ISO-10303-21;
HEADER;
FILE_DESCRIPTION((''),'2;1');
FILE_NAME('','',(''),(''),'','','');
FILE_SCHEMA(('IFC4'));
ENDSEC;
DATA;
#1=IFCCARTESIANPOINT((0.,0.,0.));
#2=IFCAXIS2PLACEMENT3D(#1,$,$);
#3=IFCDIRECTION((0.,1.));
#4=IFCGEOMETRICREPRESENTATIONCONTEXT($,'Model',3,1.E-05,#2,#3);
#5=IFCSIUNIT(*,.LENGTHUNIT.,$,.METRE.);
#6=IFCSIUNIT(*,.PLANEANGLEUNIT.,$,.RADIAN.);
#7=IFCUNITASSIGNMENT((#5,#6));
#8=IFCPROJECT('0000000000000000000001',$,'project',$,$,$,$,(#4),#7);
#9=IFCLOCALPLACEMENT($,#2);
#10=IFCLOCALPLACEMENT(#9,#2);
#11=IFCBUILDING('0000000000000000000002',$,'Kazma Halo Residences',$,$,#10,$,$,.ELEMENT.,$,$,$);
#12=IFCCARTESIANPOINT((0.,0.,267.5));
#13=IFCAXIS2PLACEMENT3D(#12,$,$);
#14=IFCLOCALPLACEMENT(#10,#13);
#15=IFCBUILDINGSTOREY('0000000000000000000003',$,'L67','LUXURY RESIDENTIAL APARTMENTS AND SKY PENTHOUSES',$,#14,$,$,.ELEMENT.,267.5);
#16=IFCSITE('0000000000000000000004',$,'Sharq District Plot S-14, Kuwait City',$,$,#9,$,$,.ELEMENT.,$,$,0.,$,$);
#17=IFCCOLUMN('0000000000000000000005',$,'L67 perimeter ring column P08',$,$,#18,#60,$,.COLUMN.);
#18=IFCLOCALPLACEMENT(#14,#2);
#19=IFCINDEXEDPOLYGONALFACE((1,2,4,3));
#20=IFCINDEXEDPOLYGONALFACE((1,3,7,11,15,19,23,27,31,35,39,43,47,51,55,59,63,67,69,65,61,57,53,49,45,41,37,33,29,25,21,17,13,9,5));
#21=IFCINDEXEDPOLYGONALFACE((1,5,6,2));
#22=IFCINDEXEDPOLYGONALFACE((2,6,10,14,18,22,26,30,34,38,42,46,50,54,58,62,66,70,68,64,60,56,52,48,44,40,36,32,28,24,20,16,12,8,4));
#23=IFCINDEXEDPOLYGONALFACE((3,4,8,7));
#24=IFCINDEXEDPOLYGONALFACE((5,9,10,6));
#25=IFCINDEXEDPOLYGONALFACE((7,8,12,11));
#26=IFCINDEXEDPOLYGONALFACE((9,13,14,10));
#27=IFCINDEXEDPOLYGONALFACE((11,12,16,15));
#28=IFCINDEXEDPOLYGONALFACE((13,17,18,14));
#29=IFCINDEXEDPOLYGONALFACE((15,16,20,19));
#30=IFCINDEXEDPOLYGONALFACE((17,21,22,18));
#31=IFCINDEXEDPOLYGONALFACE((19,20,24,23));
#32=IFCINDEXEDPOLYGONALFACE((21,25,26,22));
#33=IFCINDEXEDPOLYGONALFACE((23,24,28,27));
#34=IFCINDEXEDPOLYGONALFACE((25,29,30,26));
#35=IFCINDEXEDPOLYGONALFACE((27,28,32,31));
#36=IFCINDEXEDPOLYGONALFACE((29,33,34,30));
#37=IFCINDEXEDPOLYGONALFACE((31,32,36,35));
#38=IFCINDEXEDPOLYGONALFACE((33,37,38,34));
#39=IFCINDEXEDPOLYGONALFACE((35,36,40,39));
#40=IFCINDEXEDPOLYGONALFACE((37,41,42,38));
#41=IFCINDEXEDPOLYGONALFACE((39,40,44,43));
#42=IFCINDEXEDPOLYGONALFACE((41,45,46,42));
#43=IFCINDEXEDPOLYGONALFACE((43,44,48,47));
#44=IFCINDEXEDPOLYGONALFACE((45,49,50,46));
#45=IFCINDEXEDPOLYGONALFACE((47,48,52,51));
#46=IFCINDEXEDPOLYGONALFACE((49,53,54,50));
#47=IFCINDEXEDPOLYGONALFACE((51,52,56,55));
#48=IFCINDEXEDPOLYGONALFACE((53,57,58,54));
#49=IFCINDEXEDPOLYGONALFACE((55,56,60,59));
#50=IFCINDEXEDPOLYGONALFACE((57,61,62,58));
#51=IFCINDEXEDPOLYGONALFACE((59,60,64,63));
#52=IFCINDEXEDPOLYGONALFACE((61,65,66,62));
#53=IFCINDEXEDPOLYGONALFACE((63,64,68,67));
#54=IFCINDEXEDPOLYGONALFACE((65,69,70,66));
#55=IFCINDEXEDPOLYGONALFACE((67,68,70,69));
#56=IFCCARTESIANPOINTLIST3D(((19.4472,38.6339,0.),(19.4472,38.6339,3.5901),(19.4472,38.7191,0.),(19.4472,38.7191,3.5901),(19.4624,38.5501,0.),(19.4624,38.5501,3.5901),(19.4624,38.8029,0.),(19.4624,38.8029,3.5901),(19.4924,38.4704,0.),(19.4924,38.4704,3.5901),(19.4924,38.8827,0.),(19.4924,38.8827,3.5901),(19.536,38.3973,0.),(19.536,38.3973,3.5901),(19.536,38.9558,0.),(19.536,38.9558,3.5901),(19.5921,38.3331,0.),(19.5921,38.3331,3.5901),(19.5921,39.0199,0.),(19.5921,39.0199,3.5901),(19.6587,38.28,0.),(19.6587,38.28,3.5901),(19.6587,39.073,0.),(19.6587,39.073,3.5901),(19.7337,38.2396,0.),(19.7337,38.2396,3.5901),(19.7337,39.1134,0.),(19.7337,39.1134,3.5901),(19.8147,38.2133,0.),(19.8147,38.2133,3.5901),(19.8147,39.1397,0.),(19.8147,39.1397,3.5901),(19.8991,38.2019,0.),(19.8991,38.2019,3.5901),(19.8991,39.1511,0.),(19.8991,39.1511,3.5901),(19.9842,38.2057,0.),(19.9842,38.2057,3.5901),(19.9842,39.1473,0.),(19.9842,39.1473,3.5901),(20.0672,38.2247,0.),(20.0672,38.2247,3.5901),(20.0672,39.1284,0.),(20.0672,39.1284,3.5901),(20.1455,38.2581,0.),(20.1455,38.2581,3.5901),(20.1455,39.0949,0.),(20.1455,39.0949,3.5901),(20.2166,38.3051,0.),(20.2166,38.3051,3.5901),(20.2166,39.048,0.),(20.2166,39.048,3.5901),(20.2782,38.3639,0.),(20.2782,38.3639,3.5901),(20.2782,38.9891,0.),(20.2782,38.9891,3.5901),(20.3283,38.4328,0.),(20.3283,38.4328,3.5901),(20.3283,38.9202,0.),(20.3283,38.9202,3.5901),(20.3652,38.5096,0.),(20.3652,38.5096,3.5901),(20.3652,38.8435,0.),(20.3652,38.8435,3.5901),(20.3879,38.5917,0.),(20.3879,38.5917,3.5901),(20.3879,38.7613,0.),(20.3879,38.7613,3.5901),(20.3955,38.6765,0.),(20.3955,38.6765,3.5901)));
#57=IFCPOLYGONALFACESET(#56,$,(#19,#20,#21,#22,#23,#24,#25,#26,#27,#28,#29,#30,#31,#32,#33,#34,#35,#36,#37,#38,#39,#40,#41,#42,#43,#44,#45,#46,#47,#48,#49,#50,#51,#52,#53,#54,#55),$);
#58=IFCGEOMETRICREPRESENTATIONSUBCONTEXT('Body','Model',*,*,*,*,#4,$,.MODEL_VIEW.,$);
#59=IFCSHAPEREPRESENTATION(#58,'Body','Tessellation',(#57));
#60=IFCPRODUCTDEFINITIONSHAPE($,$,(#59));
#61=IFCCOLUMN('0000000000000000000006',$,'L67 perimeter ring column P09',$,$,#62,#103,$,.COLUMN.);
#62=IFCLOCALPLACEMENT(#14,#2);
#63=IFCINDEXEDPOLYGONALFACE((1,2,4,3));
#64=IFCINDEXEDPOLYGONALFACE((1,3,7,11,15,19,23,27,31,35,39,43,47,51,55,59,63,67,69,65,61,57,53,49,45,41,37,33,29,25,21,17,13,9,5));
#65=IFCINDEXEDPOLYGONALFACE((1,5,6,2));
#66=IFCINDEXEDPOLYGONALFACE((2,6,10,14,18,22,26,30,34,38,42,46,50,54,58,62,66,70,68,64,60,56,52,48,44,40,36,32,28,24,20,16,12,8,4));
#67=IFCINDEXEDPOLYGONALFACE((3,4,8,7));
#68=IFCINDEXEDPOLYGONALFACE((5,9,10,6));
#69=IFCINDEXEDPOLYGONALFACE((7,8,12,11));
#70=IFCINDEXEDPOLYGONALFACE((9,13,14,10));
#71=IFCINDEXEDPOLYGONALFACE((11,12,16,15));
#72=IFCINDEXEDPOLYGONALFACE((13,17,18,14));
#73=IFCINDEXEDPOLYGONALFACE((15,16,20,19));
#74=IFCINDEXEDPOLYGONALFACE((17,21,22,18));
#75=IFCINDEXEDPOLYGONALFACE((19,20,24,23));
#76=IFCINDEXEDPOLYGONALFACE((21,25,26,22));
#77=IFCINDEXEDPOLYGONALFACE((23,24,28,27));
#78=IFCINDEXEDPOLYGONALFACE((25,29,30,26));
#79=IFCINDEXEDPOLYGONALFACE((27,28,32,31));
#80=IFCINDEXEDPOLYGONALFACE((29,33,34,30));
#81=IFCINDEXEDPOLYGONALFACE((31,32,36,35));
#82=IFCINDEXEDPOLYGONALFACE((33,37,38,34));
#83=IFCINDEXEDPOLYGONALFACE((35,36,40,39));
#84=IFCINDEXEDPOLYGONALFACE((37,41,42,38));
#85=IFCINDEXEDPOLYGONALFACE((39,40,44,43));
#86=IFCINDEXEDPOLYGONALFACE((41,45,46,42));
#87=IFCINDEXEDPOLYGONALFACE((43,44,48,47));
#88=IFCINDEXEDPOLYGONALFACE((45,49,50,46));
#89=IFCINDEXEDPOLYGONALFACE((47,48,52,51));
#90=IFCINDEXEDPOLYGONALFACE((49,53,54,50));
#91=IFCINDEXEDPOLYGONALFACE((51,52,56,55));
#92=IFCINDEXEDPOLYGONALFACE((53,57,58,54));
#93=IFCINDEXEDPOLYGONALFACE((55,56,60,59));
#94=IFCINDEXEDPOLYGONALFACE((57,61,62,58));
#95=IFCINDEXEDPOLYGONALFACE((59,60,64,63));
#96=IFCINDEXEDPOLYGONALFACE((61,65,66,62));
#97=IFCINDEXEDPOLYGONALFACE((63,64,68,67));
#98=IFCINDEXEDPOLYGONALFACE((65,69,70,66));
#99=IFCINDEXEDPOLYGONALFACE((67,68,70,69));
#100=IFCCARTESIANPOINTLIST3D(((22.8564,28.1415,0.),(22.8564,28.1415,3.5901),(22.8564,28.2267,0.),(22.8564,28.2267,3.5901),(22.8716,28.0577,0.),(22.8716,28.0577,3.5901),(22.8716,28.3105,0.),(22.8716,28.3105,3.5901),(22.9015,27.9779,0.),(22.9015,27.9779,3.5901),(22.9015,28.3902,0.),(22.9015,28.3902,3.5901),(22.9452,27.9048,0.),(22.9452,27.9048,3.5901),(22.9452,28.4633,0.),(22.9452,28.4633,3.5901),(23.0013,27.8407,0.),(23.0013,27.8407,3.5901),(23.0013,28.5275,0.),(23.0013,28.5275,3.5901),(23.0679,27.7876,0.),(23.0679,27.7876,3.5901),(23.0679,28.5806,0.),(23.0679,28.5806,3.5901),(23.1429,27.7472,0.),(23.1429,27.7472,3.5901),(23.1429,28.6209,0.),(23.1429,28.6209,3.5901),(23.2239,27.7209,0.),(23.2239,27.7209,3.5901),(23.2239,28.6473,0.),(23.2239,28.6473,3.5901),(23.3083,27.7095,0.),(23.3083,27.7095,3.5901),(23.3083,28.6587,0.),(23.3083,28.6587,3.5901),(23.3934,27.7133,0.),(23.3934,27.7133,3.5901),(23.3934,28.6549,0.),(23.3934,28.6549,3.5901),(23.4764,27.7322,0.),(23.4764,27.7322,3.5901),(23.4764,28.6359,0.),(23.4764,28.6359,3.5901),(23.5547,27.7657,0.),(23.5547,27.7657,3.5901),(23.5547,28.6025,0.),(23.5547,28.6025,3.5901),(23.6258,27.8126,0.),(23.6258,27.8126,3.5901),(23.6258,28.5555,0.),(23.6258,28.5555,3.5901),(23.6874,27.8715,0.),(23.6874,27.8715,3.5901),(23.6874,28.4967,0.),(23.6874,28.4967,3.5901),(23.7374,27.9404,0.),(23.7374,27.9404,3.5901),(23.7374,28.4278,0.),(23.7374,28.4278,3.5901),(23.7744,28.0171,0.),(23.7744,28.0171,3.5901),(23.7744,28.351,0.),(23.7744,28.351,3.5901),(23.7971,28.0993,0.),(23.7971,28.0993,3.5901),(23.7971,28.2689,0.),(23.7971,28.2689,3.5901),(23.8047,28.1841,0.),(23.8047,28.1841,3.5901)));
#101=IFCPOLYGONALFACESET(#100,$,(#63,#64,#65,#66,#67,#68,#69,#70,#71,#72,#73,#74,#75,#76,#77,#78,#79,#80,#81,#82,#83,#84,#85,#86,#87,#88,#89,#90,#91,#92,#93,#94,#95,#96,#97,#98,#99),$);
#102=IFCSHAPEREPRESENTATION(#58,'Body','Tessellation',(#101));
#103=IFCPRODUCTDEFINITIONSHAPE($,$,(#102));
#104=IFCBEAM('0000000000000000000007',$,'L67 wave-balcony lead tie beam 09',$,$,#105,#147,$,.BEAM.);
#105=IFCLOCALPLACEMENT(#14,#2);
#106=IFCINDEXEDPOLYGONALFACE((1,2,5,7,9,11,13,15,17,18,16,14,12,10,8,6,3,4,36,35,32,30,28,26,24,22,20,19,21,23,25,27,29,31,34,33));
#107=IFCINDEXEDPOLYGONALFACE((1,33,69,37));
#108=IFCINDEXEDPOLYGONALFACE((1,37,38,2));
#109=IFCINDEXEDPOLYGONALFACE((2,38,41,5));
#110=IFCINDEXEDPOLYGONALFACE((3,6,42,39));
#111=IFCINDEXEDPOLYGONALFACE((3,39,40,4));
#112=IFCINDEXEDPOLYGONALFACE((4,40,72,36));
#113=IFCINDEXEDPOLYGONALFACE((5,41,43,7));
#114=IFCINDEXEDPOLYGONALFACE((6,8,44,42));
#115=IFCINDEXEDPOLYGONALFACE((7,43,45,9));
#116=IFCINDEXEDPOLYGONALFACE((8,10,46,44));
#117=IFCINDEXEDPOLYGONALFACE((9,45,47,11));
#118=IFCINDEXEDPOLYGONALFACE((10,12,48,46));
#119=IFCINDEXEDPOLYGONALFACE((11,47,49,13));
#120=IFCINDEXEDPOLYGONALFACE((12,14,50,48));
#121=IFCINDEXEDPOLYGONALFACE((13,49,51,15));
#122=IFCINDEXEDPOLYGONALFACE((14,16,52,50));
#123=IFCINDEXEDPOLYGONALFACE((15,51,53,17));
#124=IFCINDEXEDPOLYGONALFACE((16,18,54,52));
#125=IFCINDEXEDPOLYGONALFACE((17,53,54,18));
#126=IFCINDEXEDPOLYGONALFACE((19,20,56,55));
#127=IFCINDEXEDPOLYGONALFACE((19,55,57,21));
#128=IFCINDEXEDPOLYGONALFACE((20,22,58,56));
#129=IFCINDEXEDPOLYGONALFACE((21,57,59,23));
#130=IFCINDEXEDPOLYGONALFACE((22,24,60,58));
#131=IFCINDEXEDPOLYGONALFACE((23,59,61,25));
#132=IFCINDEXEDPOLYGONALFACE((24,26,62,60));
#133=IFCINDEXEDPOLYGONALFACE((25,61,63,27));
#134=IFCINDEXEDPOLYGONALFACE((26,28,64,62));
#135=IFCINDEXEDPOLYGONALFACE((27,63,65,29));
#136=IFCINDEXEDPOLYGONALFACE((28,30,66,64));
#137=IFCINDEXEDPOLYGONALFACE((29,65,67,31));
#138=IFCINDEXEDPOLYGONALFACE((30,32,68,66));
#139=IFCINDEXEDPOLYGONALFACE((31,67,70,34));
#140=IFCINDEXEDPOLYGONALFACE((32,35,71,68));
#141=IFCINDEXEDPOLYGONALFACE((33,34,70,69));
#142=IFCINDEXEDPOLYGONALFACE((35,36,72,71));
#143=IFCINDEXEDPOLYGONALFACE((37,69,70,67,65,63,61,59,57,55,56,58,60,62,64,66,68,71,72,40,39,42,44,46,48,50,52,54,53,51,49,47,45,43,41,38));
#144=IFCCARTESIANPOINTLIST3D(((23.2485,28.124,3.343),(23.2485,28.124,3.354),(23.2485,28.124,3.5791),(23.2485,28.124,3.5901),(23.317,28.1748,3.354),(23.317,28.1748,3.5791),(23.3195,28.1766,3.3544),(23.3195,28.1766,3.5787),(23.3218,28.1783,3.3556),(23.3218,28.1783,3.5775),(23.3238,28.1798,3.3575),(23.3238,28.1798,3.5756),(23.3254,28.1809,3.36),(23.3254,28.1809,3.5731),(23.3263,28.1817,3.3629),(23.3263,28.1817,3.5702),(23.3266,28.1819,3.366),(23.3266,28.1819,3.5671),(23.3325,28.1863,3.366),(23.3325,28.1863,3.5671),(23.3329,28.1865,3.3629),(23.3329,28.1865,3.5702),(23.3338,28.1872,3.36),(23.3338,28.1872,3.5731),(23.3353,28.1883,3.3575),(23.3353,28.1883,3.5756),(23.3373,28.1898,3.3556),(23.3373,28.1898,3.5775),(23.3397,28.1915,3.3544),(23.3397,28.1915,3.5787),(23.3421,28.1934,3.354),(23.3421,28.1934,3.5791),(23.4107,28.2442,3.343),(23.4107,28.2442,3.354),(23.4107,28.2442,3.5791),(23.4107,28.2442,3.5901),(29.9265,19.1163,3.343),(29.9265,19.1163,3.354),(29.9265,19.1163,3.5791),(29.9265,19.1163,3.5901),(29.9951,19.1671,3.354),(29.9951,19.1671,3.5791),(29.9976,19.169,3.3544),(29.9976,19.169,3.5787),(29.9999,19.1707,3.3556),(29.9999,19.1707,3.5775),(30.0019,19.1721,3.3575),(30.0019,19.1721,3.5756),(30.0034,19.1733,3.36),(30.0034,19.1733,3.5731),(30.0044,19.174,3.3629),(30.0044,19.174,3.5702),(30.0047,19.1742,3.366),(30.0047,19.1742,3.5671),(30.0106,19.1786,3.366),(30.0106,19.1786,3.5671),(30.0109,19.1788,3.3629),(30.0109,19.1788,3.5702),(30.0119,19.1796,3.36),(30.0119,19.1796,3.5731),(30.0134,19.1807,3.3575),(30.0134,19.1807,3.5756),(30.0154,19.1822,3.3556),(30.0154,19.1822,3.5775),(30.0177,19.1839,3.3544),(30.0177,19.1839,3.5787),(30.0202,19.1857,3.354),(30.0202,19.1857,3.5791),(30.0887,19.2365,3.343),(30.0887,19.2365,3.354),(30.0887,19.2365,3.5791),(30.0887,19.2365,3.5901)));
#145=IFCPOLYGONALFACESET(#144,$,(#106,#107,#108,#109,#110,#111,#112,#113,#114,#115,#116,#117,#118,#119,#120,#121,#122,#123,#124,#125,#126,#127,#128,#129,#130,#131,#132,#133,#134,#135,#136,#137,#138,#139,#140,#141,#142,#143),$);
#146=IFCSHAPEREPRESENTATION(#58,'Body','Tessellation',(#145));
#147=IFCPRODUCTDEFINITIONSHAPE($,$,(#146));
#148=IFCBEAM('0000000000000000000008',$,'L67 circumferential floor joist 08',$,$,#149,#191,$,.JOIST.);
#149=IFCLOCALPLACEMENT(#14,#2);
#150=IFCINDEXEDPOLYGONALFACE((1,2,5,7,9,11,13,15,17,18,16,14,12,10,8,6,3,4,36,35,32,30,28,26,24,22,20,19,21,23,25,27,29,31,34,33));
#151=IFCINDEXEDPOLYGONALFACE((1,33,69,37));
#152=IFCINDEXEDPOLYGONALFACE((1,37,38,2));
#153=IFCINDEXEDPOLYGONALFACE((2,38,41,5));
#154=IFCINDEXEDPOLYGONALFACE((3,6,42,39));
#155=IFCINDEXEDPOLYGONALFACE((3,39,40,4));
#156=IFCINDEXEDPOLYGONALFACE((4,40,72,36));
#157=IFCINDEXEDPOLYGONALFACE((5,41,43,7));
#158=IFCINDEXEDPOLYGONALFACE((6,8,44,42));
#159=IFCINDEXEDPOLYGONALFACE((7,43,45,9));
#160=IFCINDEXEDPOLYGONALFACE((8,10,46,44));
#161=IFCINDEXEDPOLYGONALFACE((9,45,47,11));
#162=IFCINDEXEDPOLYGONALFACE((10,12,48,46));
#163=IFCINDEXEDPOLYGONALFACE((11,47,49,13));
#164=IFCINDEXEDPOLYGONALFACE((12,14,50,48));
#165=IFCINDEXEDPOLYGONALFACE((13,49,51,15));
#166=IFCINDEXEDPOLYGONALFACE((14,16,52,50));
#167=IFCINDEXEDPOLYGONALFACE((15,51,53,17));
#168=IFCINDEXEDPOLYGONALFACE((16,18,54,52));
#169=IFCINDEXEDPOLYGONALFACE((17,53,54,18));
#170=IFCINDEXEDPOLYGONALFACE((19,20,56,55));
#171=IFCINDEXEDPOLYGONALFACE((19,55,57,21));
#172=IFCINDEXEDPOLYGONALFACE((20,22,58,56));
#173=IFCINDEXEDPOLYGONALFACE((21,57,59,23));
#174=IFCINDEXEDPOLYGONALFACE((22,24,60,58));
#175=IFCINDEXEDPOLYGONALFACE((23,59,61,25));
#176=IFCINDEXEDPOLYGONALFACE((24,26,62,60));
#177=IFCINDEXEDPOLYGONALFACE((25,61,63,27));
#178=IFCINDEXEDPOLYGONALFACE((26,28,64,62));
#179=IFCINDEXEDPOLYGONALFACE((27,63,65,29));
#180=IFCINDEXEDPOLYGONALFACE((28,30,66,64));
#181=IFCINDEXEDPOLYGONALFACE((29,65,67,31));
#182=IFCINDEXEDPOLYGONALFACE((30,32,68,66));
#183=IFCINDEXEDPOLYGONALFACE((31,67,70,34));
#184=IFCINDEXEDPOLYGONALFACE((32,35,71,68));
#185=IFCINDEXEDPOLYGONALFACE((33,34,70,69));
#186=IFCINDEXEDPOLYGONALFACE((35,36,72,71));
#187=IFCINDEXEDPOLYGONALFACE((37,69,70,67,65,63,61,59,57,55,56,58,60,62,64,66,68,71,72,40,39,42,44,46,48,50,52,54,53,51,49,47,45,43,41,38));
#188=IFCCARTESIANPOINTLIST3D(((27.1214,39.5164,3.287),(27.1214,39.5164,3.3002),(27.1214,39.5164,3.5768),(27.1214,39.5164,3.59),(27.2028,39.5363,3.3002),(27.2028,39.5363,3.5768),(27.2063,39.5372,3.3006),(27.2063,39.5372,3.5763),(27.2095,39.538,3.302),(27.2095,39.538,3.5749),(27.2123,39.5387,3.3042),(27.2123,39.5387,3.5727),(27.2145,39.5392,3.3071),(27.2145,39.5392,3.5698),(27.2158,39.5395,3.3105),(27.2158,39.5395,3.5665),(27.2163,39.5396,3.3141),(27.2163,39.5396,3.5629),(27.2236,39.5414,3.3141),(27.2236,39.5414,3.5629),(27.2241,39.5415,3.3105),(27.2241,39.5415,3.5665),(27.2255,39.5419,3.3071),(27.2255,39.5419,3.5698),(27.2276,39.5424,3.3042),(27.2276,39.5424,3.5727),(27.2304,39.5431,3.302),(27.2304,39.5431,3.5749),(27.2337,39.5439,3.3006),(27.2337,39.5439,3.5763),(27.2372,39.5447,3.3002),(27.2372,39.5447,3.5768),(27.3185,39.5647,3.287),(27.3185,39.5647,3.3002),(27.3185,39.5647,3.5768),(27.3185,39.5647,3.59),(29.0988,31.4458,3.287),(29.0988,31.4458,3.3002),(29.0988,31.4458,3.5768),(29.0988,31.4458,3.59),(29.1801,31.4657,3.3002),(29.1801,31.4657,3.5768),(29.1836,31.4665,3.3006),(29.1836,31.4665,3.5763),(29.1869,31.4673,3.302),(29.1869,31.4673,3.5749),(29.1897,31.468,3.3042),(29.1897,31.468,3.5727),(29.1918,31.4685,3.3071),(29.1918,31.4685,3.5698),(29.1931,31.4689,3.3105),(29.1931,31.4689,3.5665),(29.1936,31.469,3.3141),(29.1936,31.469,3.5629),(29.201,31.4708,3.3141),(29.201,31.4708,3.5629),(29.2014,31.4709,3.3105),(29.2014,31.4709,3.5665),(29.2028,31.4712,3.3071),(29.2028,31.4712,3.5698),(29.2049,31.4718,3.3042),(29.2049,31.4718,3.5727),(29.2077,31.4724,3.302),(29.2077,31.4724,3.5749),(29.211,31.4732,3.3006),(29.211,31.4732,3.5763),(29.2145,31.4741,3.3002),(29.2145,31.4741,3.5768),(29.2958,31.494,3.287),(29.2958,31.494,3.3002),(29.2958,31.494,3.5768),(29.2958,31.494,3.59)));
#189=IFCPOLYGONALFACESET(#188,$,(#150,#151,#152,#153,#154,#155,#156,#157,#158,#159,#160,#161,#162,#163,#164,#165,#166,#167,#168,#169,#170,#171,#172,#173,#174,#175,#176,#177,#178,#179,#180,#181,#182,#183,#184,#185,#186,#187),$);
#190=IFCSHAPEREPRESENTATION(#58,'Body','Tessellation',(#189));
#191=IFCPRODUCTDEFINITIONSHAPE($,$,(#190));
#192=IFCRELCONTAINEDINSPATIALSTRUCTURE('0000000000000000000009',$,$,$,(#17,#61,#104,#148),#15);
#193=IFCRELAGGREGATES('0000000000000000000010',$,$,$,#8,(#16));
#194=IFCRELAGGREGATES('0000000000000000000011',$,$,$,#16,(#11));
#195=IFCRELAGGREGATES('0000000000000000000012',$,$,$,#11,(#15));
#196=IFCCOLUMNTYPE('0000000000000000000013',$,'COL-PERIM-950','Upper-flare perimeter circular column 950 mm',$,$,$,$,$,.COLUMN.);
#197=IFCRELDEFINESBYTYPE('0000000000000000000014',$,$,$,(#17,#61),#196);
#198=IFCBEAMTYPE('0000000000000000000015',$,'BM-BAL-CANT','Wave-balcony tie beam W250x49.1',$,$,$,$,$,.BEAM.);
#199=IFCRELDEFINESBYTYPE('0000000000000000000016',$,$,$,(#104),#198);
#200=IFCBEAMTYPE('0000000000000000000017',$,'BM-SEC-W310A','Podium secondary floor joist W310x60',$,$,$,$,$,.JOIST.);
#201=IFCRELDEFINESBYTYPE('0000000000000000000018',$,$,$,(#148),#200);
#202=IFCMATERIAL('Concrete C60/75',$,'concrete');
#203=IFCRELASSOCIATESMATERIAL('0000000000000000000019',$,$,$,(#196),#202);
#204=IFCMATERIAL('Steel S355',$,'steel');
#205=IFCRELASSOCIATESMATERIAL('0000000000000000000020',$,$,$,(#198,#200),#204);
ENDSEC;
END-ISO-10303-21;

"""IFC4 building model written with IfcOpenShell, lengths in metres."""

from ifc_helpers import new_model, si_unit, direction, frame, origin, origin_2d, place, context, subcontext, project, spatial, circle, i_section, extrude, material, material_profile, profile_set, type_object, element, save


model = new_model("IFC4")

# Units and contexts
model_context = context("Model", 3, precision=1e-05, world=origin(), true_north=direction((0.0, 1.0)))
body_context = subcontext(model_context, "Body", "Model", "MODEL_VIEW")
ifc_project = project(units=[si_unit("LENGTHUNIT", "METRE"), si_unit("PLANEANGLEUNIT", "RADIAN")], contexts=[model_context])

# Site, building, storey
site_placement = place(None, origin())
site = spatial("IfcSite", under=ifc_project, at=site_placement, Name="Sharq District Plot S-14, Kuwait City", CompositionType="ELEMENT", RefElevation=0.0)
building_placement = place(site_placement, origin())
building = spatial("IfcBuilding", under=site, at=building_placement, Name="Kazma Halo Residences", CompositionType="ELEMENT")
storey_placement = place(building_placement, frame((0.0, 0.0, 267.5)))
storey = spatial("IfcBuildingStorey", under=building, at=storey_placement, Name="L67", Description="LUXURY RESIDENTIAL APARTMENTS AND SKY PENTHOUSES", CompositionType="ELEMENT", Elevation=267.5)

# Columns
ifc_material_1 = material(Name="Concrete C60/75", Category="concrete")
ifc_material_profile_1 = material_profile(ifc_material_1, circle(Radius=0.4751, at=origin_2d()), Name="CIRC950")
ifc_profile_set_1 = profile_set([ifc_material_profile_1], Name="Concrete C60/75")
column_type = type_object("IfcColumnType", Name="COL-PERIM-950", Description="Upper-flare perimeter circular column 950 mm", PredefinedType="COLUMN", material=ifc_profile_set_1)
for number, where, z_axis, x_axis, name in (
    (1, (19.9204, 38.6765, 0.0), (0.0, 0.0, 1.0), (1.0, 0.0, 0.0), "L67 perimeter ring column P08"),
    (2, (23.3296, 28.1841, 0.0), (0.0, 0.0, 1.0), (1.0, 0.0, 0.0), "L67 perimeter ring column P09"),
):
    element("IfcColumn", number, at=place(storey_placement, frame(where, z_axis=z_axis, x_axis=x_axis)), inside=storey, type_object=column_type, Name=name, PredefinedType="COLUMN", context=body_context, shape_type="SweptSolid", body=[
        extrude(circle(Radius=0.4751, at=origin_2d()), origin(), (0.0, 0.0, 1.0), 3.5901),
    ])

# Beams
ifc_material_2 = material(Name="Steel S355", Category="steel")
ifc_material_profile_2 = material_profile(ifc_material_2, i_section(OverallWidth=0.2019, OverallDepth=0.2471, WebThickness=0.0073, FlangeThickness=0.011, FilletRadius=0.012, at=origin_2d()), Name="W250x49.1")
ifc_profile_set_2 = profile_set([ifc_material_profile_2], Name="Steel S355")
beam_type_1 = type_object("IfcBeamType", Name="BM-BAL-CANT", Description="Wave-balcony tie beam W250x49.1", PredefinedType="BEAM", material=ifc_profile_set_2)
beam_1_placement = place(storey_placement, frame((23.3296, 28.1841, 3.4666), z_axis=(0.595556, -0.803314, 0.0), x_axis=(0.803314, 0.595556, 0.0)))
element("IfcBeam", 3, at=beam_1_placement, inside=storey, type_object=beam_type_1, Name="L67 wave-balcony lead tie beam 09", PredefinedType="BEAM", context=body_context, shape_type="SweptSolid", body=[
    extrude(i_section(OverallWidth=0.2019, OverallDepth=0.2471, WebThickness=0.0073, FlangeThickness=0.011, FilletRadius=0.012, at=origin_2d()), origin(), (0.0, 0.0, 1.0), 11.2131),
])
ifc_material_profile_3 = material_profile(ifc_material_2, i_section(OverallWidth=0.2029, OverallDepth=0.303, WebThickness=0.0076, FlangeThickness=0.0132, FilletRadius=0.0139, at=origin_2d()), Name="W310x60")
ifc_profile_set_3 = profile_set([ifc_material_profile_3], Name="Steel S355")
beam_type_2 = type_object("IfcBeamType", Name="BM-SEC-W310A", Description="Podium secondary floor joist W310x60", PredefinedType="JOIST", material=ifc_profile_set_3)
beam_2_placement = place(storey_placement, frame((27.22, 39.5405, 3.4385), z_axis=(0.237963, -0.971274, 0.0), x_axis=(0.971274, 0.237963, 0.0)))
element("IfcBeam", 4, at=beam_2_placement, inside=storey, type_object=beam_type_2, Name="L67 circumferential floor joist 08", PredefinedType="JOIST", context=body_context, shape_type="SweptSolid", body=[
    extrude(i_section(OverallWidth=0.2029, OverallDepth=0.303, WebThickness=0.0076, FlangeThickness=0.0132, FilletRadius=0.0139, at=origin_2d()), origin(), (0.0, 0.0, 1.0), 8.3093),
])

save(model, "model.ifc")
